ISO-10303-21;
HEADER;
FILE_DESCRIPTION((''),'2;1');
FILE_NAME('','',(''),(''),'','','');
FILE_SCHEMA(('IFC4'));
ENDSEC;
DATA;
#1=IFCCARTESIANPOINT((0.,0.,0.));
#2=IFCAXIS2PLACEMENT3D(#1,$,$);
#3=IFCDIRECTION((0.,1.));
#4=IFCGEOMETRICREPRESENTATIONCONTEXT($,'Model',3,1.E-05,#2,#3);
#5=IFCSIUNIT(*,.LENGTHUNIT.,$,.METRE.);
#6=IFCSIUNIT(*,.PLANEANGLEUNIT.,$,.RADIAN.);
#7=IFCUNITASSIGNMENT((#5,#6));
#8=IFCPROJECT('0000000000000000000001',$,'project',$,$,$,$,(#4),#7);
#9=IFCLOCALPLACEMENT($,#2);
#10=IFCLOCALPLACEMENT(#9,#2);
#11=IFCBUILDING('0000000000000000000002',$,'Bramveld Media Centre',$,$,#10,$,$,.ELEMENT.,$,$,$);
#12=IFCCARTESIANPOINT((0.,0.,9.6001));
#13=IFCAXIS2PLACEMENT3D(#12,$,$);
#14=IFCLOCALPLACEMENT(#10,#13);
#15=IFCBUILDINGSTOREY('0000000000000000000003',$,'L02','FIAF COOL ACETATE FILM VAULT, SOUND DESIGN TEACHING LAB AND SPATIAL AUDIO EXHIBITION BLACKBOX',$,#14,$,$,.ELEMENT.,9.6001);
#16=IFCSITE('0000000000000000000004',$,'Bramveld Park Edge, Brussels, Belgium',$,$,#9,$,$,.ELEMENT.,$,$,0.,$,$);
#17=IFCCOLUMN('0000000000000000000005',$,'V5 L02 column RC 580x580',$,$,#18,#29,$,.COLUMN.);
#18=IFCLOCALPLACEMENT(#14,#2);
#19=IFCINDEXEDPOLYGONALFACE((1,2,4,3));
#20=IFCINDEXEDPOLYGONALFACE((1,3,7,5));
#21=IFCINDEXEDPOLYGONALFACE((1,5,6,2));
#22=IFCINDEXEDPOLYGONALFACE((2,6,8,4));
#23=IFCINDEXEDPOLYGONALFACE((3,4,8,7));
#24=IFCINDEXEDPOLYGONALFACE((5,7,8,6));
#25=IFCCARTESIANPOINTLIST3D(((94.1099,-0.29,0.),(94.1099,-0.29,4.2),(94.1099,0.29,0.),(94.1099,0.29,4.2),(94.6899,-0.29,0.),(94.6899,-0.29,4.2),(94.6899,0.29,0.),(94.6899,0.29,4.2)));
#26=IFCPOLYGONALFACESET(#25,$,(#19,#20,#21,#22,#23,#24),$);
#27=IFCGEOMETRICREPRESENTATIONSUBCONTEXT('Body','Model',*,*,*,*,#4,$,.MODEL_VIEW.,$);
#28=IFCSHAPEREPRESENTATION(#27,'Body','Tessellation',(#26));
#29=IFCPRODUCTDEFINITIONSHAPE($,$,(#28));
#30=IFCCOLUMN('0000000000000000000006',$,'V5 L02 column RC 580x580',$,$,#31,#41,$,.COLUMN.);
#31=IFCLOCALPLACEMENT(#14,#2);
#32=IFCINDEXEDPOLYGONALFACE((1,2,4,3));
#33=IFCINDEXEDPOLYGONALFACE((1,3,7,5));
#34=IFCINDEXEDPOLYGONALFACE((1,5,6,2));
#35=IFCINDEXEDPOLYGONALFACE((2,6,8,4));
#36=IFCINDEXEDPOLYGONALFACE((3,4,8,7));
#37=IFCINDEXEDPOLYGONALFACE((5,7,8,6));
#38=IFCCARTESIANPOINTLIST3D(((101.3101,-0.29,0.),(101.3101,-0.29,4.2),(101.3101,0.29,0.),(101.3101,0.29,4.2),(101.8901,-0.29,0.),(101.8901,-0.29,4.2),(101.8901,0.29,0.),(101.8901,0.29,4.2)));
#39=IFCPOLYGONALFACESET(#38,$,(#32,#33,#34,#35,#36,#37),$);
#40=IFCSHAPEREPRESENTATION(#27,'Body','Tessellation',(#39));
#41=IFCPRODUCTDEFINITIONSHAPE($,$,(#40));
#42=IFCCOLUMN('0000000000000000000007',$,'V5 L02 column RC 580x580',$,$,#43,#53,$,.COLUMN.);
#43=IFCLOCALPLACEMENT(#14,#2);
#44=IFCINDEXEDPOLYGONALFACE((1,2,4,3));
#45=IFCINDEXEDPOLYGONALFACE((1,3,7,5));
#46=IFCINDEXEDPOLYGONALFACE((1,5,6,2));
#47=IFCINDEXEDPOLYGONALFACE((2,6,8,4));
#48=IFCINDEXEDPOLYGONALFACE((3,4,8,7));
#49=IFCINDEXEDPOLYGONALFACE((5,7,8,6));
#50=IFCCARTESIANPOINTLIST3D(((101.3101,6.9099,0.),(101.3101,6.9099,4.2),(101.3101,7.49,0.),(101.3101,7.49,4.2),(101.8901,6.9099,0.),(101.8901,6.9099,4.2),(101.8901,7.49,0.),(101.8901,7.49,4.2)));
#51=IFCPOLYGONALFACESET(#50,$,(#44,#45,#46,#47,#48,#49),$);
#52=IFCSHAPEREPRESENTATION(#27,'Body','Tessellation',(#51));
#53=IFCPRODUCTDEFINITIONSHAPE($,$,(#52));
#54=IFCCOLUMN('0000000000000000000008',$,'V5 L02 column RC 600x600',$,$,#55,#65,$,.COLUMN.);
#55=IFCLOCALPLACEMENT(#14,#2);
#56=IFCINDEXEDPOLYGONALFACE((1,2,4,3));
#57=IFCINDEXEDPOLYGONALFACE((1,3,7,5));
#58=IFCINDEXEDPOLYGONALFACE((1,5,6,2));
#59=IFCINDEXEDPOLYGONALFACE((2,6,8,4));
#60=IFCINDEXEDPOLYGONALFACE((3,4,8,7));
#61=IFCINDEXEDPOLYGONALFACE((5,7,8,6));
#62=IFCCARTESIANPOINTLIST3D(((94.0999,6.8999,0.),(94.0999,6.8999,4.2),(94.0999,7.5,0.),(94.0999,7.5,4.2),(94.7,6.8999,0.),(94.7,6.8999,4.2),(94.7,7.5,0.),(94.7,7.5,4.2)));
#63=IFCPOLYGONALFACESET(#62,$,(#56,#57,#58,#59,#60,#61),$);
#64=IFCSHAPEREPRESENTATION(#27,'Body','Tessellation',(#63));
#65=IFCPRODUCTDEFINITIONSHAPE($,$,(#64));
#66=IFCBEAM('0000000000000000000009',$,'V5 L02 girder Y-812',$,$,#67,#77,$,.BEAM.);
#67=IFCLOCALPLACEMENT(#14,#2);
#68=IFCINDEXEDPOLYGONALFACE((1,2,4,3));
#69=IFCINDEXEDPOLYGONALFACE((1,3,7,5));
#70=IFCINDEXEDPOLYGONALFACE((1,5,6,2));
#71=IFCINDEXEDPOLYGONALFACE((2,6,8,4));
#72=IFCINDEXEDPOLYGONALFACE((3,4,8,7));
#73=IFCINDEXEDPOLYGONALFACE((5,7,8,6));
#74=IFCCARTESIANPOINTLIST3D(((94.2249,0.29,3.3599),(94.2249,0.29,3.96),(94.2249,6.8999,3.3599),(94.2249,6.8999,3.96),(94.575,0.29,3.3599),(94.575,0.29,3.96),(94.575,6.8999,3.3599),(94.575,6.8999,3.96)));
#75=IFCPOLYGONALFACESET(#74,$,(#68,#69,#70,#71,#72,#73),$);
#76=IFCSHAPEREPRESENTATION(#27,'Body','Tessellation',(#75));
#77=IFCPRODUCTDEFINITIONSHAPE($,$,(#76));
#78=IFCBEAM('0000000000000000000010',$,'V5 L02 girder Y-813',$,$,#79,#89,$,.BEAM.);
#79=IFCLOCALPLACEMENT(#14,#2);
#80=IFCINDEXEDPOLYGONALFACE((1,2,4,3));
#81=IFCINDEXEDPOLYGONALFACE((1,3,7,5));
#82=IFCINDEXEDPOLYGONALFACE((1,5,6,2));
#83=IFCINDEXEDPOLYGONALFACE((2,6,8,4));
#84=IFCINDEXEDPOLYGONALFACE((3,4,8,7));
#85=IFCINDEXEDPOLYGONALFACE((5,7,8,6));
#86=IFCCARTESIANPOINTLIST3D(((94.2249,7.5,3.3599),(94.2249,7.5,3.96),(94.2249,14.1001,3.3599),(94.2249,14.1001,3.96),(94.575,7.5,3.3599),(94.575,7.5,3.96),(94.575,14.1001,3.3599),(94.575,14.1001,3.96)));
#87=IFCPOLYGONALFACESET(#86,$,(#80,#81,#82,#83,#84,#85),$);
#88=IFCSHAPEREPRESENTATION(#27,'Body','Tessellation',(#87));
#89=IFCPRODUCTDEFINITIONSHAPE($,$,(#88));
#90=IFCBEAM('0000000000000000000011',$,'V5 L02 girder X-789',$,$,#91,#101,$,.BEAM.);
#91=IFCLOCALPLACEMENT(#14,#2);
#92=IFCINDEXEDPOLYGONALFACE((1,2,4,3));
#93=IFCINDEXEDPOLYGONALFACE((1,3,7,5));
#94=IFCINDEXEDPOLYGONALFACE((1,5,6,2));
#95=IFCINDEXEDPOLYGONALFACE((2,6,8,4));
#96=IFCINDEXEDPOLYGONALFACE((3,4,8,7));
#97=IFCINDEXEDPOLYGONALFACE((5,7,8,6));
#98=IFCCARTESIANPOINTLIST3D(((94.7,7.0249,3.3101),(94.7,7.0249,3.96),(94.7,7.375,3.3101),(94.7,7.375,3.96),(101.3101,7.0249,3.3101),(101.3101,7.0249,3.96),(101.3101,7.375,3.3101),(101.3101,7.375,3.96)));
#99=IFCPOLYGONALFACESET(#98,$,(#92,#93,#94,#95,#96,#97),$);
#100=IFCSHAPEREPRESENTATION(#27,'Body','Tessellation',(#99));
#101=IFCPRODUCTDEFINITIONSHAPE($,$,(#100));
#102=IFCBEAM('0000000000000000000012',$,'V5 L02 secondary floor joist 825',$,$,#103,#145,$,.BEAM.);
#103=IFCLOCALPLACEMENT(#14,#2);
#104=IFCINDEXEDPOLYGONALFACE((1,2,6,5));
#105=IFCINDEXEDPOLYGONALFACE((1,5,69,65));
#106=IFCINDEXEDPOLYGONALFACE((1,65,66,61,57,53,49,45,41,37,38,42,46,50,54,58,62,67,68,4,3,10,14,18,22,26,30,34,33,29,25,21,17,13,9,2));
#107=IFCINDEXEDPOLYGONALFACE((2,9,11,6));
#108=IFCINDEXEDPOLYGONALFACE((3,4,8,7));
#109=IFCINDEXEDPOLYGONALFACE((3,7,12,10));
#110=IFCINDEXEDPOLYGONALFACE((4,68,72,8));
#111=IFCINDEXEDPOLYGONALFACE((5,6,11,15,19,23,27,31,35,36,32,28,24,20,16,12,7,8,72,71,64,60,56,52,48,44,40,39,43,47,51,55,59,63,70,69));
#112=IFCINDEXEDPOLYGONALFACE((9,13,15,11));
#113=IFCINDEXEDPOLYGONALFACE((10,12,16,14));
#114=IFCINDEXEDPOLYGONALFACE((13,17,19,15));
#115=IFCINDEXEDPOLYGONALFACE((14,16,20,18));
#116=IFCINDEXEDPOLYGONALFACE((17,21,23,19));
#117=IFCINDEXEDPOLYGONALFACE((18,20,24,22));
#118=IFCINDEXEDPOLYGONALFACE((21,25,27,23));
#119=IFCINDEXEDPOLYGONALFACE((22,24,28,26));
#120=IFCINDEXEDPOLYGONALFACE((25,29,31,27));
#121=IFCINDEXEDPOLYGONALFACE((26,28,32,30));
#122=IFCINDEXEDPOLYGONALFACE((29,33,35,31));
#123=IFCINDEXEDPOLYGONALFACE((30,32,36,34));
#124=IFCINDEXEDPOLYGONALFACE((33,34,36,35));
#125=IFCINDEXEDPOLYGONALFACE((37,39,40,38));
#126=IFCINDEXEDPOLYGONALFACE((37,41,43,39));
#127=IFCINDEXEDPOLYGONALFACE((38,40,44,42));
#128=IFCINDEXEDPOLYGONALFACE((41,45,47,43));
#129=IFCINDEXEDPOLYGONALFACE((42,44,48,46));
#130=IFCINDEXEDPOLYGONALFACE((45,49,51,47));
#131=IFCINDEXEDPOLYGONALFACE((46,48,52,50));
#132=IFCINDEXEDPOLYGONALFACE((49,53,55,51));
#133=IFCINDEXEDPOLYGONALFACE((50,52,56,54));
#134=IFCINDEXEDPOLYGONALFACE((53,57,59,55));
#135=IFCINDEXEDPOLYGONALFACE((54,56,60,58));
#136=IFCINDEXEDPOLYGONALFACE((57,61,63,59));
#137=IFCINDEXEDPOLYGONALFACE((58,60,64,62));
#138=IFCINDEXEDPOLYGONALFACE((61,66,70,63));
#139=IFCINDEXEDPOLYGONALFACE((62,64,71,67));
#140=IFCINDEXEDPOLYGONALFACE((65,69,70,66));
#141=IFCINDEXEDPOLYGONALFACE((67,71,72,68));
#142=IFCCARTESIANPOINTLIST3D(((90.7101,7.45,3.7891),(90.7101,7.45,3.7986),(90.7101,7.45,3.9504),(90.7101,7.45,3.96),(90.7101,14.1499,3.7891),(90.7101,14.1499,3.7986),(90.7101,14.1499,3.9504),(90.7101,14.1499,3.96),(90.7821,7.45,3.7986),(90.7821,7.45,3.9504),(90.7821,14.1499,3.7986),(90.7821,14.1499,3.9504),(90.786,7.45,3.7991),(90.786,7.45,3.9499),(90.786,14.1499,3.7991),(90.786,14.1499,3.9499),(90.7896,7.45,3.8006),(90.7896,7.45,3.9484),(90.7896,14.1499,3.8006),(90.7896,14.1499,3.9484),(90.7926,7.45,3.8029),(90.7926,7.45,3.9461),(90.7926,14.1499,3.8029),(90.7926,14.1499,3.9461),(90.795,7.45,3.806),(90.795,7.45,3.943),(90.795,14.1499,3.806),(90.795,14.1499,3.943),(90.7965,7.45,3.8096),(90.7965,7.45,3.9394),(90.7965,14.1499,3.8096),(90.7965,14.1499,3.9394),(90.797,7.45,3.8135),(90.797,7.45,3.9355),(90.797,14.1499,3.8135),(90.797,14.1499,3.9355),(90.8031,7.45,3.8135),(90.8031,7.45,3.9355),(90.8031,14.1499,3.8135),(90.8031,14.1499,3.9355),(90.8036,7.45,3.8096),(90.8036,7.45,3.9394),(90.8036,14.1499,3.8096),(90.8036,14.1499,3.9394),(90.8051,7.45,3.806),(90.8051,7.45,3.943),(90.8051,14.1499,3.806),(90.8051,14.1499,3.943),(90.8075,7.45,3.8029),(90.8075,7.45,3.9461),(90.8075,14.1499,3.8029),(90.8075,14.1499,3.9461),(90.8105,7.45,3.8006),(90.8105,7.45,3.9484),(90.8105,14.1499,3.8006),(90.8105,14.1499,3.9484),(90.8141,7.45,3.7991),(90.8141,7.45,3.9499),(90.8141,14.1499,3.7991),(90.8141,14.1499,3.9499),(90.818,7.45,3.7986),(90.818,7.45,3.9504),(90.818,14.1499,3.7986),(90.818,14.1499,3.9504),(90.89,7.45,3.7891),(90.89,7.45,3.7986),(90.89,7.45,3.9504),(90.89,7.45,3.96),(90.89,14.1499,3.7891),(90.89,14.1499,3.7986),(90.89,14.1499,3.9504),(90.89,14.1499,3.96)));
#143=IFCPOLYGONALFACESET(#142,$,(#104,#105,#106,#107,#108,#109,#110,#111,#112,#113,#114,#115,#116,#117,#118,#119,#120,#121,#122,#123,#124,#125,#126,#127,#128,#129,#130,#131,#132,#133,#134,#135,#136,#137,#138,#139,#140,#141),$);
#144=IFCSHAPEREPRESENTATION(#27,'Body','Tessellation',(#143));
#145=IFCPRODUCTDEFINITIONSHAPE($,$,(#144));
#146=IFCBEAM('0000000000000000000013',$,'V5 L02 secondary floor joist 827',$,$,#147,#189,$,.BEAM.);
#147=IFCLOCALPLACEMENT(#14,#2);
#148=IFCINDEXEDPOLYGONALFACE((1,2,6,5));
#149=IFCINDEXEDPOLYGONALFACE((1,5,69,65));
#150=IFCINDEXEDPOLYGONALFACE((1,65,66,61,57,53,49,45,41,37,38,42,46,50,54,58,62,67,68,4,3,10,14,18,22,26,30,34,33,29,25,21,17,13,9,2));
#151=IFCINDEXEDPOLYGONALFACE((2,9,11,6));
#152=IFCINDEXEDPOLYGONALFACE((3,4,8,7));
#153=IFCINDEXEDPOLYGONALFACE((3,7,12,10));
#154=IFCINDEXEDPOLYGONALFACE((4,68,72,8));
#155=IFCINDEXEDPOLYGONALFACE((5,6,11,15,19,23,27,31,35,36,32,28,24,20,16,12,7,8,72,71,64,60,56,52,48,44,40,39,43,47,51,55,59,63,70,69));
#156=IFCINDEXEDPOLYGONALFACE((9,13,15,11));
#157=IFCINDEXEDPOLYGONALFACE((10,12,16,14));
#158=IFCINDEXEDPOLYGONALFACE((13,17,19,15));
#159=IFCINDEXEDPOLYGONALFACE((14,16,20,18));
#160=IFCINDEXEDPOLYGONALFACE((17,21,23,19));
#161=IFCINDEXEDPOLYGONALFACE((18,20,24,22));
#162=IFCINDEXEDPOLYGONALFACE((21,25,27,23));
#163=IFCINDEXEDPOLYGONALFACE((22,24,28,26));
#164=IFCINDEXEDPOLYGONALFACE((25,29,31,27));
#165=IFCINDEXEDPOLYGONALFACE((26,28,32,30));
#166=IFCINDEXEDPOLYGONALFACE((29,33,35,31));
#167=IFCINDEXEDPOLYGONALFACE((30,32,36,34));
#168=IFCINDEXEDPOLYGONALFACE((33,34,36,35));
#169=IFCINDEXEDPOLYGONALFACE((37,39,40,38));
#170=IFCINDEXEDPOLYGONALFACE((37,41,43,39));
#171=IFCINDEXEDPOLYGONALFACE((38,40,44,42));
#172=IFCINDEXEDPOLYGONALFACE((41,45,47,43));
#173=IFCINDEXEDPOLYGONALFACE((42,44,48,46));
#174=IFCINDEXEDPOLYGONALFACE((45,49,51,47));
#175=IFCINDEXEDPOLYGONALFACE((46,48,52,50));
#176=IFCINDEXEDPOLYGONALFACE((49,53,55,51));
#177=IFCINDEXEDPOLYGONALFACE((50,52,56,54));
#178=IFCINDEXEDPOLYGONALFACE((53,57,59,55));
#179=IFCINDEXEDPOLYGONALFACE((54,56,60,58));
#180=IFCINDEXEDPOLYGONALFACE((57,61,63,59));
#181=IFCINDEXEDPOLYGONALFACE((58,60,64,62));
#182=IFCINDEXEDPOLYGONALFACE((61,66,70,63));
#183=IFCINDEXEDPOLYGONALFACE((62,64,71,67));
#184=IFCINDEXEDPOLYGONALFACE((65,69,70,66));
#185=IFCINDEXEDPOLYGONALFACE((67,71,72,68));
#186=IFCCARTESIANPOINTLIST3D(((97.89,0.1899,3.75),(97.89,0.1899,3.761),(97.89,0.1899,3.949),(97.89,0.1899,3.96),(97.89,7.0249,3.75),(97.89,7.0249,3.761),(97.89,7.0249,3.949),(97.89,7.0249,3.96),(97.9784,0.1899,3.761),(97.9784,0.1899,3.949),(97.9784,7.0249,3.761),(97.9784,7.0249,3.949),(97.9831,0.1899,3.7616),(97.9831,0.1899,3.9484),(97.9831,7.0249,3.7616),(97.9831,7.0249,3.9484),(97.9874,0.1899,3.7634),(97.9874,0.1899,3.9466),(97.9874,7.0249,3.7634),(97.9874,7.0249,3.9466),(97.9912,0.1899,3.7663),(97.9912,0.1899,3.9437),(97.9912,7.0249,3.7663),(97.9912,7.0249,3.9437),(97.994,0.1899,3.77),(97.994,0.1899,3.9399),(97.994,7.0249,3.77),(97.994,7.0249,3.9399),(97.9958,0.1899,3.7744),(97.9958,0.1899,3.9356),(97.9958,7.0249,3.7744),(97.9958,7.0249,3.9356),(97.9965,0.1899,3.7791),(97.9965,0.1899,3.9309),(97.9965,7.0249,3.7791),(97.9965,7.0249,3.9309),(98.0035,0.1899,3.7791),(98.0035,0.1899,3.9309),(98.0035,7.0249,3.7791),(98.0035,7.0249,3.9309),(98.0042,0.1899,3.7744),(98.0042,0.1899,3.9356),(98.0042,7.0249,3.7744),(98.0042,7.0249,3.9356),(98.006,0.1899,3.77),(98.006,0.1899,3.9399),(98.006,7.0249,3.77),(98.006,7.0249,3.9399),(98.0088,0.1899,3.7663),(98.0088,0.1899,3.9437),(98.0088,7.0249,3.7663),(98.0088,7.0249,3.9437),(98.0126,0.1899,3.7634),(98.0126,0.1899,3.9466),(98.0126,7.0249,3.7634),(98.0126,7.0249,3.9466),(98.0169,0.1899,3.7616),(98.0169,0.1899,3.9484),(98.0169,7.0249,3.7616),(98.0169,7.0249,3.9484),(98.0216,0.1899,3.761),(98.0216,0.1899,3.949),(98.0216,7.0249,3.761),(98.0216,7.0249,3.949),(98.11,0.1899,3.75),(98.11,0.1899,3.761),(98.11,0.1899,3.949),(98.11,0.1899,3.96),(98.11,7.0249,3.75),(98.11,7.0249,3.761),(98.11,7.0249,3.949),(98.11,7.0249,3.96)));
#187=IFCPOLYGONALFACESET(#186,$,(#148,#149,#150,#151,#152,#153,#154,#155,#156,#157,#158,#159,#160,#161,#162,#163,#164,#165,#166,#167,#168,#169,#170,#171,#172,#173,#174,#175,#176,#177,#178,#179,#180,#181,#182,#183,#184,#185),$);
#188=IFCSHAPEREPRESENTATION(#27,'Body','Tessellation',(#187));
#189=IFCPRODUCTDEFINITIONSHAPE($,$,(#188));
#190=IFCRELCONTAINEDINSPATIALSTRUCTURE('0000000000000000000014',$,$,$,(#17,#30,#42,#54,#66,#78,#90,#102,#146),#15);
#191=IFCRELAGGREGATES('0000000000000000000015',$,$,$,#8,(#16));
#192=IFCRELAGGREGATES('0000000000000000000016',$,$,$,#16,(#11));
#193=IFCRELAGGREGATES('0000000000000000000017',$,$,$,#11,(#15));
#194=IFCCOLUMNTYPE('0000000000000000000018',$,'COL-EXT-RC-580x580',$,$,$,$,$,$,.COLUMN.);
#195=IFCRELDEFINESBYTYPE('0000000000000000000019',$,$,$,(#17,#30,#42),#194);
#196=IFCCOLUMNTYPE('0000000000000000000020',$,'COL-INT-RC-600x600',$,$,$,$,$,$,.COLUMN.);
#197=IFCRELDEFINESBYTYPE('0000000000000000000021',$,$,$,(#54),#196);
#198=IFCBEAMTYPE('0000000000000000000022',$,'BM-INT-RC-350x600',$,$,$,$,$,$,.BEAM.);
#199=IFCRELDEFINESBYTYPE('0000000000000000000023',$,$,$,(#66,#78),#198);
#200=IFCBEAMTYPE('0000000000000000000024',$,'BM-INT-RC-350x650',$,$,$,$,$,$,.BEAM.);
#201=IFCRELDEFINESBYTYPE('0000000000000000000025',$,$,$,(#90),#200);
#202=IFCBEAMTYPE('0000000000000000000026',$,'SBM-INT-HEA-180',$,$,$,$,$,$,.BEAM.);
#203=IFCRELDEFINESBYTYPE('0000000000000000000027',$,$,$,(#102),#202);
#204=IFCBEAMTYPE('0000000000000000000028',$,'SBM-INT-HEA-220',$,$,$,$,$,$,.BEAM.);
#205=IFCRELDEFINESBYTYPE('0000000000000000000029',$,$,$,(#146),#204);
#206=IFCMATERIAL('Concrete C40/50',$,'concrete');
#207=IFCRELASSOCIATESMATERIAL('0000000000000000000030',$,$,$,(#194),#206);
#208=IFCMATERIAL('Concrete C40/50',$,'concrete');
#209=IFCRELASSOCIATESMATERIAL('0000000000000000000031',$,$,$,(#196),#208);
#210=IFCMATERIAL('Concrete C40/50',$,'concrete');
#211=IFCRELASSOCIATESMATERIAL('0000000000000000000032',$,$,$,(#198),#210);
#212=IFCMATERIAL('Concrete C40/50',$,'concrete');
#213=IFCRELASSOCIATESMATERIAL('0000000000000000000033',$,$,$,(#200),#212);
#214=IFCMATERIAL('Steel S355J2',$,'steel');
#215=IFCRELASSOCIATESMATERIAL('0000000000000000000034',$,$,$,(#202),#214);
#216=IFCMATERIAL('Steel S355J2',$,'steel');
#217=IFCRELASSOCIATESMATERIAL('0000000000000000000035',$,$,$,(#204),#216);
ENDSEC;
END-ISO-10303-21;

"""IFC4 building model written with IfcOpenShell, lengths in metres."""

from ifc_helpers import new_model, si_unit, direction, frame, origin, origin_2d, place, context, subcontext, project, spatial, rectangle, i_section, extrude, material, material_profile, profile_set, type_object, element, save


model = new_model("IFC4")

# Units and contexts
model_context = context("Model", 3, precision=1e-05, world=origin(), true_north=direction((0.0, 1.0)))
body_context = subcontext(model_context, "Body", "Model", "MODEL_VIEW")
ifc_project = project(units=[si_unit("LENGTHUNIT", "METRE"), si_unit("PLANEANGLEUNIT", "RADIAN")], contexts=[model_context])

# Site, building, storey
site_placement = place(None, origin())
site = spatial("IfcSite", under=ifc_project, at=site_placement, Name="Bramveld Park Edge, Brussels, Belgium", CompositionType="ELEMENT", RefElevation=0.0)
building_placement = place(site_placement, origin())
building = spatial("IfcBuilding", under=site, at=building_placement, Name="Bramveld Media Centre", CompositionType="ELEMENT")
storey_placement = place(building_placement, frame((0.0, 0.0, 9.6001)))
storey = spatial("IfcBuildingStorey", under=building, at=storey_placement, Name="L02", Description="FIAF COOL ACETATE FILM VAULT, SOUND DESIGN TEACHING LAB AND SPATIAL AUDIO EXHIBITION BLACKBOX", CompositionType="ELEMENT", Elevation=9.6001)

# Columns
ifc_material_1 = material(Name="Concrete C40/50", Category="concrete")
ifc_material_profile_1 = material_profile(ifc_material_1, rectangle(XDim=0.5801, YDim=0.5801, at=origin_2d()), Name="RC 580x580")
ifc_profile_set_1 = profile_set([ifc_material_profile_1], Name="Concrete C40/50")
column_type_1 = type_object("IfcColumnType", Name="COL-EXT-RC-580x580", PredefinedType="COLUMN", material=ifc_profile_set_1)
for number, where, z_axis, x_axis, name in (
    (1, (94.3999, 0.0, 0.0), (0.0, 0.0, 1.0), (1.0, 0.0, 0.0), "V5 L02 column RC 580x580"),
    (2, (101.6001, 0.0, 0.0), (0.0, 0.0, 1.0), (1.0, 0.0, 0.0), "V5 L02 column RC 580x580"),
    (3, (101.6001, 7.2, 0.0), (0.0, 0.0, 1.0), (1.0, 0.0, 0.0), "V5 L02 column RC 580x580"),
):
    element("IfcColumn", number, at=place(storey_placement, frame(where, z_axis=z_axis, x_axis=x_axis)), inside=storey, type_object=column_type_1, Name=name, PredefinedType="COLUMN", context=body_context, shape_type="SweptSolid", body=[
        extrude(rectangle(XDim=0.5801, YDim=0.5801, at=origin_2d()), origin(), (0.0, 0.0, 1.0), 4.2),
    ])
ifc_material_2 = material(Name="Concrete C40/50", Category="concrete")
ifc_material_profile_2 = material_profile(ifc_material_2, rectangle(XDim=0.6001, YDim=0.6001, at=origin_2d()), Name="RC 600x600")
ifc_profile_set_2 = profile_set([ifc_material_profile_2], Name="Concrete C40/50")
column_type_2 = type_object("IfcColumnType", Name="COL-INT-RC-600x600", PredefinedType="COLUMN", material=ifc_profile_set_2)
column_placement = place(storey_placement, frame((94.3999, 7.2, 0.0), z_axis=(0.0, 0.0, 1.0), x_axis=(1.0, 0.0, 0.0)))
element("IfcColumn", 4, at=column_placement, inside=storey, type_object=column_type_2, Name="V5 L02 column RC 600x600", PredefinedType="COLUMN", context=body_context, shape_type="SweptSolid", body=[
    extrude(rectangle(XDim=0.6001, YDim=0.6001, at=origin_2d()), origin(), (0.0, 0.0, 1.0), 4.2),
])

# Beams
ifc_material_3 = material(Name="Concrete C40/50", Category="concrete")
ifc_material_profile_3 = material_profile(ifc_material_3, rectangle(XDim=0.3501, YDim=0.6001, at=origin_2d()), Name="RC 350x600")
ifc_profile_set_3 = profile_set([ifc_material_profile_3], Name="Concrete C40/50")
beam_type_1 = type_object("IfcBeamType", Name="BM-INT-RC-350x600", PredefinedType="BEAM", material=ifc_profile_set_3)
beam_1_placement = place(storey_placement, frame((94.3999, 0.29, 3.6599), z_axis=(0.0, 1.0, 0.0), x_axis=(-1.0, 0.0, 0.0)))
element("IfcBeam", 5, at=beam_1_placement, inside=storey, type_object=beam_type_1, Name="V5 L02 girder Y-812", PredefinedType="BEAM", context=body_context, shape_type="SweptSolid", body=[
    extrude(rectangle(XDim=0.3501, YDim=0.6001, at=origin_2d()), origin(), (0.0, 0.0, 1.0), 6.6099),
])
beam_2_placement = place(storey_placement, frame((94.3999, 7.5, 3.6599), z_axis=(0.0, 1.0, 0.0), x_axis=(-1.0, 0.0, 0.0)))
element("IfcBeam", 6, at=beam_2_placement, inside=storey, type_object=beam_type_1, Name="V5 L02 girder Y-813", PredefinedType="BEAM", context=body_context, shape_type="SweptSolid", body=[
    extrude(rectangle(XDim=0.3501, YDim=0.6001, at=origin_2d()), origin(), (0.0, 0.0, 1.0), 6.6001),
])
ifc_material_4 = material(Name="Concrete C40/50", Category="concrete")
ifc_material_profile_4 = material_profile(ifc_material_4, rectangle(XDim=0.3501, YDim=0.6499, at=origin_2d()), Name="RC 350x650")
ifc_profile_set_4 = profile_set([ifc_material_profile_4], Name="Concrete C40/50")
beam_type_2 = type_object("IfcBeamType", Name="BM-INT-RC-350x650", PredefinedType="BEAM", material=ifc_profile_set_4)
beam_3_placement = place(storey_placement, frame((94.7, 7.2, 3.635), z_axis=(1.0, 0.0, 0.0), x_axis=(0.0, 1.0, 0.0)))
element("IfcBeam", 7, at=beam_3_placement, inside=storey, type_object=beam_type_2, Name="V5 L02 girder X-789", PredefinedType="BEAM", context=body_context, shape_type="SweptSolid", body=[
    extrude(rectangle(XDim=0.3501, YDim=0.6499, at=origin_2d()), origin(), (0.0, 0.0, 1.0), 6.6101),
])
ifc_material_5 = material(Name="Steel S355J2", Category="steel")
ifc_material_profile_5 = material_profile(ifc_material_5, i_section(OverallWidth=0.1799, OverallDepth=0.1709, WebThickness=0.0061, FlangeThickness=0.0095, FilletRadius=0.0149, at=origin_2d()), Name="HEA 180")
ifc_profile_set_5 = profile_set([ifc_material_profile_5], Name="Steel S355J2")
beam_type_3 = type_object("IfcBeamType", Name="SBM-INT-HEA-180", PredefinedType="BEAM", material=ifc_profile_set_5)
beam_4_placement = place(storey_placement, frame((90.8, 7.45, 3.8745), z_axis=(0.0, 1.0, 0.0), x_axis=(-1.0, 0.0, 0.0)))
element("IfcBeam", 8, at=beam_4_placement, inside=storey, type_object=beam_type_3, Name="V5 L02 secondary floor joist 825", PredefinedType="BEAM", context=body_context, shape_type="SweptSolid", body=[
    extrude(i_section(OverallWidth=0.1799, OverallDepth=0.1709, WebThickness=0.0061, FlangeThickness=0.0095, FilletRadius=0.0149, at=origin_2d()), origin(), (0.0, 0.0, 1.0), 6.7),
])
ifc_material_6 = material(Name="Steel S355J2", Category="steel")
ifc_material_profile_6 = material_profile(ifc_material_6, i_section(OverallWidth=0.22, OverallDepth=0.21, WebThickness=0.0071, FlangeThickness=0.011, FilletRadius=0.0181, at=origin_2d()), Name="HEA 220")
ifc_profile_set_6 = profile_set([ifc_material_profile_6], Name="Steel S355J2")
beam_type_4 = type_object("IfcBeamType", Name="SBM-INT-HEA-220", PredefinedType="BEAM", material=ifc_profile_set_6)
beam_5_placement = place(storey_placement, frame((98.0, 0.1899, 3.855), z_axis=(0.0, 1.0, 0.0), x_axis=(-1.0, 0.0, 0.0)))
element("IfcBeam", 9, at=beam_5_placement, inside=storey, type_object=beam_type_4, Name="V5 L02 secondary floor joist 827", PredefinedType="BEAM", context=body_context, shape_type="SweptSolid", body=[
    extrude(i_section(OverallWidth=0.22, OverallDepth=0.21, WebThickness=0.0071, FlangeThickness=0.011, FilletRadius=0.0181, at=origin_2d()), origin(), (0.0, 0.0, 1.0), 6.835),
])

save(model, "model.ifc")
